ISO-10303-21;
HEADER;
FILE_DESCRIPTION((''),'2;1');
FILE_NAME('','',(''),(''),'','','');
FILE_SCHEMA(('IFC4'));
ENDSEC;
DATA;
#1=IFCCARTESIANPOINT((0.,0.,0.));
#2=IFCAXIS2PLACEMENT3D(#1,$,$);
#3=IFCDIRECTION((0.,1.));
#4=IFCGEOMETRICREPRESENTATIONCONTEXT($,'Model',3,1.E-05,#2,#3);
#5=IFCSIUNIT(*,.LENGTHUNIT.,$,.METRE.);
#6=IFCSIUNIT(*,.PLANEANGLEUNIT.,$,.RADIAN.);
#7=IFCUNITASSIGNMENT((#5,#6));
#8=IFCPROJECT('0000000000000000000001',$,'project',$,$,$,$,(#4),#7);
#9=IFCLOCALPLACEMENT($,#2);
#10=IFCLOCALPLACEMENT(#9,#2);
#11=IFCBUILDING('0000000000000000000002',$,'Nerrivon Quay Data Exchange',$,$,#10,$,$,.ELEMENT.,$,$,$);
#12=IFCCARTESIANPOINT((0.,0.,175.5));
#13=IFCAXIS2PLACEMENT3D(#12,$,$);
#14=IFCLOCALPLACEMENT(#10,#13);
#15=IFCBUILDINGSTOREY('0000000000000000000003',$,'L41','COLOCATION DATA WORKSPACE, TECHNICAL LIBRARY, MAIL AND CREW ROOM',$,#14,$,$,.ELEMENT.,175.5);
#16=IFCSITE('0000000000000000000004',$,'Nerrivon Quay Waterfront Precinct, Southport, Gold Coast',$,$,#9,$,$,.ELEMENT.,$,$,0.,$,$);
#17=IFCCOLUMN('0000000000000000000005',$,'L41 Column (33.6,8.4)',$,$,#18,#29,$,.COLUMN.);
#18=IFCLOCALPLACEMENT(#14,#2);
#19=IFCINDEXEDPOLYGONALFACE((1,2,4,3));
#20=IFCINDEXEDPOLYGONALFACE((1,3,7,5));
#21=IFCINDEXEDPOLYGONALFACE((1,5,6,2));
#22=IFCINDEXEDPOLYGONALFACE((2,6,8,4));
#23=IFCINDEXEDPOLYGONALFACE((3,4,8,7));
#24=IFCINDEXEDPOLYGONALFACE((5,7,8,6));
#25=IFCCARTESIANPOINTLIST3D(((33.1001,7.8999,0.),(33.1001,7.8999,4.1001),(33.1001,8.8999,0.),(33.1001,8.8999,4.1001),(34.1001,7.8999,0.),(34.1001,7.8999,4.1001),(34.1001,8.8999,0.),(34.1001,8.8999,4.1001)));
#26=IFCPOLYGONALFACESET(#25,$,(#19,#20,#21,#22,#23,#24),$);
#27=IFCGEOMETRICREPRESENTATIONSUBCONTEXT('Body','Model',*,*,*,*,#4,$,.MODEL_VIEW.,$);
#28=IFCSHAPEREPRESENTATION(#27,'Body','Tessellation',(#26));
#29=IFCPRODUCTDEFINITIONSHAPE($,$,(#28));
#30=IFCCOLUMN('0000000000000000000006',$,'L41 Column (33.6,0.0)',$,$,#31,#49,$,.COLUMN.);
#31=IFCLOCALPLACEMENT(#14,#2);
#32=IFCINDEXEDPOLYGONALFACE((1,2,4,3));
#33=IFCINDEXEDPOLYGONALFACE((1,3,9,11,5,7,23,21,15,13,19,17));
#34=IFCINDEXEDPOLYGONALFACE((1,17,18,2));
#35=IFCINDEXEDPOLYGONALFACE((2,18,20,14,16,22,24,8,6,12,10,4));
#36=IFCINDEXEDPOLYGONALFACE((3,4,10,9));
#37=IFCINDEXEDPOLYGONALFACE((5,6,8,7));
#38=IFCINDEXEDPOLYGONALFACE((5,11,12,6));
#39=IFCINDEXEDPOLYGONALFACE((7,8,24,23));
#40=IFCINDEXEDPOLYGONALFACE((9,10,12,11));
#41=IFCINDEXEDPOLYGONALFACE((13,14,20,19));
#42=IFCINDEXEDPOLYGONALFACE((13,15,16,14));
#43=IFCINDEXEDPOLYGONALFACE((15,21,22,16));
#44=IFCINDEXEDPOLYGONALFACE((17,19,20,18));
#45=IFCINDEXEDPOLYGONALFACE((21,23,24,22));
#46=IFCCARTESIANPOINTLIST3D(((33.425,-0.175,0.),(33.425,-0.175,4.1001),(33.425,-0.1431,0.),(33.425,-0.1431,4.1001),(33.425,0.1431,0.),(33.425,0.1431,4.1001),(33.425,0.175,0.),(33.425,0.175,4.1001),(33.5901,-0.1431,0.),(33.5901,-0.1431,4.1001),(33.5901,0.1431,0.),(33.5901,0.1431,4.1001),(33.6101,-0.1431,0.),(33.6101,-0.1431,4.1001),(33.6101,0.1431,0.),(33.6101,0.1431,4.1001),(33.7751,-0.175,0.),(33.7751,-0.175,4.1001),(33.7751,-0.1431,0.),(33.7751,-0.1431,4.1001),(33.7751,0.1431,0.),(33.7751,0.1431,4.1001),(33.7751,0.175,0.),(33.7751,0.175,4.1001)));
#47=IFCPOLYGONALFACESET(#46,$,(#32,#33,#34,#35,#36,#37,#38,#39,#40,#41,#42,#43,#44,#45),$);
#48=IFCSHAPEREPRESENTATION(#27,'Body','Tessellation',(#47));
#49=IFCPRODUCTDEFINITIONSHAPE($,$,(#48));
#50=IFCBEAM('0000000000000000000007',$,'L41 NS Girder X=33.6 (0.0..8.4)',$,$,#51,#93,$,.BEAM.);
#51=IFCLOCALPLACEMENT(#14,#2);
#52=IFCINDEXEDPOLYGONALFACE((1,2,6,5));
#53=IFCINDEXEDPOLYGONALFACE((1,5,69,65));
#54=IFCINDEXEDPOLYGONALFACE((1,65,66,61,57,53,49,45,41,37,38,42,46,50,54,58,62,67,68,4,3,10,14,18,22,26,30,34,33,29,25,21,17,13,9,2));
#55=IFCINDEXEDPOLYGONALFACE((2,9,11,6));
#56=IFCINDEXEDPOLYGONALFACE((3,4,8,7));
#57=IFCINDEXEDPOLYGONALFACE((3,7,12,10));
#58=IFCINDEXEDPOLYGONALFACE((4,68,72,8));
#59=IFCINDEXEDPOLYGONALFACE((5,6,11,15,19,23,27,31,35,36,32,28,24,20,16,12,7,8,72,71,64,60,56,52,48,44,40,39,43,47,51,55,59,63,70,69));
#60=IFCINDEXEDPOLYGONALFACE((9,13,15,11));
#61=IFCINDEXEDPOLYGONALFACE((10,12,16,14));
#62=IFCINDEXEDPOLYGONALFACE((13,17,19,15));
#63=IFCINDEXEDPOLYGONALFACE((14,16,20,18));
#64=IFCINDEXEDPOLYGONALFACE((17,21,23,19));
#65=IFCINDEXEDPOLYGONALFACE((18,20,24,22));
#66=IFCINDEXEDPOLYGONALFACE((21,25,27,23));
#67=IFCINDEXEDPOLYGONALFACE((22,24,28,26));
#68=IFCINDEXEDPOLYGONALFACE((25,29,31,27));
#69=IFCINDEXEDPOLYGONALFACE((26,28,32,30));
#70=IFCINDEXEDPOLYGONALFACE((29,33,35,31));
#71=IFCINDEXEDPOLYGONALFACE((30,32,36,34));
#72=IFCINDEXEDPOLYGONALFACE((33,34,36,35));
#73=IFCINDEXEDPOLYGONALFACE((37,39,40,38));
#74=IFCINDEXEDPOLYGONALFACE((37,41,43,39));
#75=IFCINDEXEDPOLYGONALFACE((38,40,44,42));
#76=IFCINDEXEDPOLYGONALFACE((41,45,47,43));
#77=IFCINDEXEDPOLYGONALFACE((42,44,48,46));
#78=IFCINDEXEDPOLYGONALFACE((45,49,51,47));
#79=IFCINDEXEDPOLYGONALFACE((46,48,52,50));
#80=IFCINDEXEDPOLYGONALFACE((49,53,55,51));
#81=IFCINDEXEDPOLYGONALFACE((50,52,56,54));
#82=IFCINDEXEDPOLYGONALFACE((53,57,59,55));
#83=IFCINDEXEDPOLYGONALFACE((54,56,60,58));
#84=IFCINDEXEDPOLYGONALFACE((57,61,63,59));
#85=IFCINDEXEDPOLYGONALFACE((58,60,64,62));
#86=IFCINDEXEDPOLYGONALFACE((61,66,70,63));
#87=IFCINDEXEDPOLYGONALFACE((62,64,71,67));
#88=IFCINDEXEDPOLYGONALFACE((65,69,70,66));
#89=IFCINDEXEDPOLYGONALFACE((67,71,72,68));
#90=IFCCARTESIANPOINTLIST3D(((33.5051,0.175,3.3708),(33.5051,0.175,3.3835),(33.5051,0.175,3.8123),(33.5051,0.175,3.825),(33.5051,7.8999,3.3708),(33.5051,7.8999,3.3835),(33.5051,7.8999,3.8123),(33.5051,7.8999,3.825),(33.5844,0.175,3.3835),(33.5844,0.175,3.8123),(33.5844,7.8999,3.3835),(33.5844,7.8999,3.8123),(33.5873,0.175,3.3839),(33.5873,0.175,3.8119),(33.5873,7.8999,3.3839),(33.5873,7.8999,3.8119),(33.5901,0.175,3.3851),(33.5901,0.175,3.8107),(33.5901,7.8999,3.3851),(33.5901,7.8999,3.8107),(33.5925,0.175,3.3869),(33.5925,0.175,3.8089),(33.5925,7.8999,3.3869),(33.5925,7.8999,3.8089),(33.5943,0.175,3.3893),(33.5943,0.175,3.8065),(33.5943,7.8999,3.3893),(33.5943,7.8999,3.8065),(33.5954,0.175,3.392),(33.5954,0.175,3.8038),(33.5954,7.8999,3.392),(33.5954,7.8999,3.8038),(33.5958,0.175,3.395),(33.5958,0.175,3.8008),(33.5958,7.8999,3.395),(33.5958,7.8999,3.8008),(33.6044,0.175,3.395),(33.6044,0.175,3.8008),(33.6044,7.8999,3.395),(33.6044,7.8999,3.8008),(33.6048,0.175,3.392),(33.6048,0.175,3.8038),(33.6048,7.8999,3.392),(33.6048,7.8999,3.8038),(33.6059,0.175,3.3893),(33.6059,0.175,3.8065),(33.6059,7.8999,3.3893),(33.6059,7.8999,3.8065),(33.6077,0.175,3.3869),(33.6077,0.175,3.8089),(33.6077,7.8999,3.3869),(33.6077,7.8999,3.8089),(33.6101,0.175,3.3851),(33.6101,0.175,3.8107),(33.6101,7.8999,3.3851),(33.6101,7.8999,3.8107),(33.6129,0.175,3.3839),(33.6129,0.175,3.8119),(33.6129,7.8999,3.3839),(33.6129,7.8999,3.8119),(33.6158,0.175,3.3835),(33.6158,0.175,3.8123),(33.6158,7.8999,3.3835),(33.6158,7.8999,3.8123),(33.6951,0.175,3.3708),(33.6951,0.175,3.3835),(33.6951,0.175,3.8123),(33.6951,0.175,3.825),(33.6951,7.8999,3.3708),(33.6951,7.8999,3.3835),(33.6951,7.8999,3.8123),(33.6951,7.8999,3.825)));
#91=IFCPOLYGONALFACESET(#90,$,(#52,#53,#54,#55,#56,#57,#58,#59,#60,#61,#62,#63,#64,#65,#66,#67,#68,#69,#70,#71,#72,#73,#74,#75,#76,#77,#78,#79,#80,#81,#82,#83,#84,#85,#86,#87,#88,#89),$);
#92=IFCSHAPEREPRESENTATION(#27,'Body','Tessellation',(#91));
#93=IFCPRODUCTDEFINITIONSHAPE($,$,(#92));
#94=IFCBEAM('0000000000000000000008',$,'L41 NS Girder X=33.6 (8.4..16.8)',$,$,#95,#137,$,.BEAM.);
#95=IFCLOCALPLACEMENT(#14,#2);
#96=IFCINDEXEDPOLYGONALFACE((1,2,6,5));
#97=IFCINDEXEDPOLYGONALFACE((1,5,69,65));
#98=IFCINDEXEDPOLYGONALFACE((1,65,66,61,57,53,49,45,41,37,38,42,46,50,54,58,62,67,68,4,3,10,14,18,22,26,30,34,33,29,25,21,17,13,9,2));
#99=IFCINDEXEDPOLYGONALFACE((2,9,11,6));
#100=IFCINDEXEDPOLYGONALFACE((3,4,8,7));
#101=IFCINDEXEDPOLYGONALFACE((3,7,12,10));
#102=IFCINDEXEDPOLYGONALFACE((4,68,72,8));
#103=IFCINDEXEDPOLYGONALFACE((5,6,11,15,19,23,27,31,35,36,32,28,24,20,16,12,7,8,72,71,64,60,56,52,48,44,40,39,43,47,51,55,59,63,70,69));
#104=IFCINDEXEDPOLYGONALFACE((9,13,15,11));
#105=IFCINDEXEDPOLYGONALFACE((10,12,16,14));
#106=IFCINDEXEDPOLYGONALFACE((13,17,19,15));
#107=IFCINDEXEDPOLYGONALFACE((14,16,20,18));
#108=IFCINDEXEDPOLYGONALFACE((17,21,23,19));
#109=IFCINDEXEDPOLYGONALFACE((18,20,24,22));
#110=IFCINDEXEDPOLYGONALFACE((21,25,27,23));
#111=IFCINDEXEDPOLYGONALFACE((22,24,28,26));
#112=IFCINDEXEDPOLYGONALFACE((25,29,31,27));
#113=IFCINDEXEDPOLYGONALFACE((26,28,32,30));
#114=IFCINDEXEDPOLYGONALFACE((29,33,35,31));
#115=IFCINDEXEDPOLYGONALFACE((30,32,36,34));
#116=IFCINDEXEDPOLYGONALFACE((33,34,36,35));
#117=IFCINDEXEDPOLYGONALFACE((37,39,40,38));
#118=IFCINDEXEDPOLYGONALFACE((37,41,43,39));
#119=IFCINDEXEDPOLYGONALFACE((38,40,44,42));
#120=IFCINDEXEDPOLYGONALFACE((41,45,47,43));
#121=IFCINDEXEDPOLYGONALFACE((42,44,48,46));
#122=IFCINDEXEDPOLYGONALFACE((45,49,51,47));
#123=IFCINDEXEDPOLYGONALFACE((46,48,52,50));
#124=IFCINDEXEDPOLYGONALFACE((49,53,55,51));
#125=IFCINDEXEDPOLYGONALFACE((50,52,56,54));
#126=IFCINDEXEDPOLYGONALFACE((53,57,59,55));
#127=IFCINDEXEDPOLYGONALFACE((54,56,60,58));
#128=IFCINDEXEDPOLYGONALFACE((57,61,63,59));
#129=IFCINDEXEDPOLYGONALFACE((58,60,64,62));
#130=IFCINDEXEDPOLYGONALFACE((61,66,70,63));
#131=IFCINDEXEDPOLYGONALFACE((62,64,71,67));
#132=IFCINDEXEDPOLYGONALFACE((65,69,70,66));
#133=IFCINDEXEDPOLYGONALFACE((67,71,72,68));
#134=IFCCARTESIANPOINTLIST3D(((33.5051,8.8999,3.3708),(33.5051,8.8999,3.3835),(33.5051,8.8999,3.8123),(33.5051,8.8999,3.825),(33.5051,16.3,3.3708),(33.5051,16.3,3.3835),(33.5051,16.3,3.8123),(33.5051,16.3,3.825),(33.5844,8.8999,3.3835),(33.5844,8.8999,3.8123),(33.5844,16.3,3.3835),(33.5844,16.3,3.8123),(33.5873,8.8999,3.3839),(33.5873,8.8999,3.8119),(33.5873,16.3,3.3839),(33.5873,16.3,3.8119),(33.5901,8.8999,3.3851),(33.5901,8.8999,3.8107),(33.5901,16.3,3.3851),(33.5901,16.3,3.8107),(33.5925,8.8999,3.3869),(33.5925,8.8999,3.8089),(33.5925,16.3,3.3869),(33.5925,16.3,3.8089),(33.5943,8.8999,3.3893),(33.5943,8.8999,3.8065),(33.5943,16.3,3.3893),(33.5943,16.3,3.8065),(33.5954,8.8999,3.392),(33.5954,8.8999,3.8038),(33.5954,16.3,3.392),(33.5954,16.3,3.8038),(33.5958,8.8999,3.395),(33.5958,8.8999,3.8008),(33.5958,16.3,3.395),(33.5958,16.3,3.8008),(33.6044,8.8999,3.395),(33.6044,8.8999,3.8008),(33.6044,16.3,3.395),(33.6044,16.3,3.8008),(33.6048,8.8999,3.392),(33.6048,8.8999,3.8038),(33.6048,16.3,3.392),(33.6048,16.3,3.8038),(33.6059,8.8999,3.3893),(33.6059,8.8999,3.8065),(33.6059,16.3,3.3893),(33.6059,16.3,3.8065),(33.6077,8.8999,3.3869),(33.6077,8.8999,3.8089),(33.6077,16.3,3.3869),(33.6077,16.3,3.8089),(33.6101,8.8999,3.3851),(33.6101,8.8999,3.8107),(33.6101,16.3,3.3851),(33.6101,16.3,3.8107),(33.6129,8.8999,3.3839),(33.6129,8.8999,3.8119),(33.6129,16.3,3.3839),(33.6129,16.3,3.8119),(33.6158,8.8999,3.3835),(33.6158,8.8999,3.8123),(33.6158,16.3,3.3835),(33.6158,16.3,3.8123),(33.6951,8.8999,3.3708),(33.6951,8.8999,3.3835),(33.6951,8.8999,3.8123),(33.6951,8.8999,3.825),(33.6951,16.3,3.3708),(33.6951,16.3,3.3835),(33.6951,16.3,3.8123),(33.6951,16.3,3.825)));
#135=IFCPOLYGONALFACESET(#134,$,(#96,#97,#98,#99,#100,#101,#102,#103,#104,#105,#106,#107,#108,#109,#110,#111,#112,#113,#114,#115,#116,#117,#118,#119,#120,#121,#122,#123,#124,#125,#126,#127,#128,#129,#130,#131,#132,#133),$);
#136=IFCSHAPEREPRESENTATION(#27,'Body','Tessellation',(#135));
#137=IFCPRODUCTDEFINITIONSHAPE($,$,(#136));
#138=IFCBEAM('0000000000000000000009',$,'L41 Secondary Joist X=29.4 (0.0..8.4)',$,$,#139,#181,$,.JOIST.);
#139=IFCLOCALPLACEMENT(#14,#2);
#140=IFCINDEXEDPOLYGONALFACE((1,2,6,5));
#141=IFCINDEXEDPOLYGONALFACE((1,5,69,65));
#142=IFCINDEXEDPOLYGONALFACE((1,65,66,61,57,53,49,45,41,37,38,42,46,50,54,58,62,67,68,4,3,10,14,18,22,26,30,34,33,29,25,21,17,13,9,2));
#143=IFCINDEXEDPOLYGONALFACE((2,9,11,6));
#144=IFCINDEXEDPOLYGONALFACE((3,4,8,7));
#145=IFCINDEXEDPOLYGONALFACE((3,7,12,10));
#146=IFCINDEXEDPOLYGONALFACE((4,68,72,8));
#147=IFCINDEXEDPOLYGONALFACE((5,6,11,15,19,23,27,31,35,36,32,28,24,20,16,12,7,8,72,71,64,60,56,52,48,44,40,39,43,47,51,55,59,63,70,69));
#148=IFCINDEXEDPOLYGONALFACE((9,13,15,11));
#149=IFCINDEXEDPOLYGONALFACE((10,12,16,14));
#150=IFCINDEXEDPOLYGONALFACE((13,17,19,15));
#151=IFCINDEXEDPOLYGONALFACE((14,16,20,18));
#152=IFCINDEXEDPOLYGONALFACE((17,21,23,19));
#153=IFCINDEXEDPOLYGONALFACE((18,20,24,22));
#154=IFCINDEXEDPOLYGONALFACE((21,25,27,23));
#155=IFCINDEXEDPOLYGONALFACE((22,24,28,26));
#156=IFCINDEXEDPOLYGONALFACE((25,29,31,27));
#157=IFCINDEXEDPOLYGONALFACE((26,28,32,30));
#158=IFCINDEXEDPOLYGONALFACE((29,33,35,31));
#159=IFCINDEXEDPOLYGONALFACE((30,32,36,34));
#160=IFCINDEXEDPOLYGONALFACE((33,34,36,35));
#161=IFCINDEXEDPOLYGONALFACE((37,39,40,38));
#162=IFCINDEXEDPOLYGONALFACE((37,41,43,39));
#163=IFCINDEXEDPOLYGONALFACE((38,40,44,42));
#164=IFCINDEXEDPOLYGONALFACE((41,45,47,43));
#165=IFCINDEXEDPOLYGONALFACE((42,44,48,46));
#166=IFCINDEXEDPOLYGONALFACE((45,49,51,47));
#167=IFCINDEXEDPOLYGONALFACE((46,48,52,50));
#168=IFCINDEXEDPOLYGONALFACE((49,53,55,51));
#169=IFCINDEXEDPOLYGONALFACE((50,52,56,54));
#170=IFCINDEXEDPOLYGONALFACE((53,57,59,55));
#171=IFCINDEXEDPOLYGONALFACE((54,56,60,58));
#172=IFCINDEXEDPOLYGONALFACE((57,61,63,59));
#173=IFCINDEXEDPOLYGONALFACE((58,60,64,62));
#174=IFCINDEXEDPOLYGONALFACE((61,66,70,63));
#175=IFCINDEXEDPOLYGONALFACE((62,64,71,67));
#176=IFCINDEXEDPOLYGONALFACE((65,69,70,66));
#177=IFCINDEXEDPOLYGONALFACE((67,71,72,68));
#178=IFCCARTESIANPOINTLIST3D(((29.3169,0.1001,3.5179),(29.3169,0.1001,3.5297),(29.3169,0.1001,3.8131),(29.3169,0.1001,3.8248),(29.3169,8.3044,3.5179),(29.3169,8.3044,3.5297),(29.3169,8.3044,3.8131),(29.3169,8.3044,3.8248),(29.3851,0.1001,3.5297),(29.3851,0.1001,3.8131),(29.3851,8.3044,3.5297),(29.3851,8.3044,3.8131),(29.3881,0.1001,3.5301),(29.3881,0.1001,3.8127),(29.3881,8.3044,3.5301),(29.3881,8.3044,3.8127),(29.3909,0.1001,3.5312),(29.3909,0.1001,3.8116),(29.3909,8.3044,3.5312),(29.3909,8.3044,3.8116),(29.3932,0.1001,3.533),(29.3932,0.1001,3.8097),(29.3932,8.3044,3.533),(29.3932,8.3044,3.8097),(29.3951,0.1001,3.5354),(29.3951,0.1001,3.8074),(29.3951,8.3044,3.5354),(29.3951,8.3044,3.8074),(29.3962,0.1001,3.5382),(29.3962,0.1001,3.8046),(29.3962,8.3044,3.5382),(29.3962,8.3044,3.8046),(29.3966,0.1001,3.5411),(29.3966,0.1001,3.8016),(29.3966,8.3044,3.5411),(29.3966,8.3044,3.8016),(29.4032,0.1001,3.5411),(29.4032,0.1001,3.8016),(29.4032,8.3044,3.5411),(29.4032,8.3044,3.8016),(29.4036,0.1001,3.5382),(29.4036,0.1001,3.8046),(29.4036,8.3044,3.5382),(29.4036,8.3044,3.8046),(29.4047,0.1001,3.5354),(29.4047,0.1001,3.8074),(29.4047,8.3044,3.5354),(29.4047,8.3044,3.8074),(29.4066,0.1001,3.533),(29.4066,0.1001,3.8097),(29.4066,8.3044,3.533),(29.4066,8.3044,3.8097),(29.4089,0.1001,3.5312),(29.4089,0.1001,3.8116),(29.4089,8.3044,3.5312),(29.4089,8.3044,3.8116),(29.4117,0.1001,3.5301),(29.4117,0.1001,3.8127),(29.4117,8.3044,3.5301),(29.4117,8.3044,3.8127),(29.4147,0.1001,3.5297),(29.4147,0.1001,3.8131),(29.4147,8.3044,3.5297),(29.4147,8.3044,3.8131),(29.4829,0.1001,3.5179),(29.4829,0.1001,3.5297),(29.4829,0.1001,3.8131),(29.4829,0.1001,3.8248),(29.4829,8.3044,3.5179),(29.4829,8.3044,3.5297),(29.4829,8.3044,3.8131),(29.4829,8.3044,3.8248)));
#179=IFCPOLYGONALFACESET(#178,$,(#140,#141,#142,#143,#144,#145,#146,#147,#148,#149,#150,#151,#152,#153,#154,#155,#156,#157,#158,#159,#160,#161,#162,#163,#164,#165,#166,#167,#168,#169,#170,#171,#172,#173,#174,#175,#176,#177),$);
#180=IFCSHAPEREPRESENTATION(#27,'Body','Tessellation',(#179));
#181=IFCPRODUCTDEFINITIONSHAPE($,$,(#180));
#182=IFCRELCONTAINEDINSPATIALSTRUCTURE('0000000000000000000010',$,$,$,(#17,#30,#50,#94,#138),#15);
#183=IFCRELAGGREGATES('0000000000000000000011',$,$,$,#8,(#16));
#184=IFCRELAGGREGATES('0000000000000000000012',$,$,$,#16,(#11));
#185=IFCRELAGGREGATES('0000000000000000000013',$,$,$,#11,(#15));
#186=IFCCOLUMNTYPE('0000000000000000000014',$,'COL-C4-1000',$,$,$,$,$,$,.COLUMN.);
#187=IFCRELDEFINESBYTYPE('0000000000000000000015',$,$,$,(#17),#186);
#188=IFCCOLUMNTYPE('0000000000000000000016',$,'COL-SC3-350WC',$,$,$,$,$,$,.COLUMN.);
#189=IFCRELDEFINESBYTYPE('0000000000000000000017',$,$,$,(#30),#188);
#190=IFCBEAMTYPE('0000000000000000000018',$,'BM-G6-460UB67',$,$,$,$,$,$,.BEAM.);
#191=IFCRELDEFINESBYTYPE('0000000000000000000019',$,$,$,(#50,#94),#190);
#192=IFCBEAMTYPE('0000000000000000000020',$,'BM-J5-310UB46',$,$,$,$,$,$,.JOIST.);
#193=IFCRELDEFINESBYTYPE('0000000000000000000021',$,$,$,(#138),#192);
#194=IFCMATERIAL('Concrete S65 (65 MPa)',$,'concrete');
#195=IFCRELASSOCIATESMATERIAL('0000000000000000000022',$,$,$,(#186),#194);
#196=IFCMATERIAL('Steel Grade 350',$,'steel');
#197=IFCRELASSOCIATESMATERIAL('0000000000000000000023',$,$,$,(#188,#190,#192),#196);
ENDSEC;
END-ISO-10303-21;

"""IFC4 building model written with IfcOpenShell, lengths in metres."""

from ifc_helpers import new_model, si_unit, direction, frame, origin, origin_2d, place, context, subcontext, project, spatial, rectangle, i_section, extrude, material, material_profile, profile_set, type_object, element, save


model = new_model("IFC4")

# Units and contexts
model_context = context("Model", 3, precision=1e-05, world=origin(), true_north=direction((0.0, 1.0)))
body_context = subcontext(model_context, "Body", "Model", "MODEL_VIEW")
ifc_project = project(units=[si_unit("LENGTHUNIT", "METRE"), si_unit("PLANEANGLEUNIT", "RADIAN")], contexts=[model_context])

# Site, building, storey
site_placement = place(None, origin())
site = spatial("IfcSite", under=ifc_project, at=site_placement, Name="Nerrivon Quay Waterfront Precinct, Southport, Gold Coast", CompositionType="ELEMENT", RefElevation=0.0)
building_placement = place(site_placement, origin())
building = spatial("IfcBuilding", under=site, at=building_placement, Name="Nerrivon Quay Data Exchange", CompositionType="ELEMENT")
storey_placement = place(building_placement, frame((0.0, 0.0, 175.5)))
storey = spatial("IfcBuildingStorey", under=building, at=storey_placement, Name="L41", Description="COLOCATION DATA WORKSPACE, TECHNICAL LIBRARY, MAIL AND CREW ROOM", CompositionType="ELEMENT", Elevation=175.5)

# Columns
ifc_material_1 = material(Name="Concrete S65 (65 MPa)", Category="concrete")
ifc_material_profile_1 = material_profile(ifc_material_1, rectangle(XDim=1.0, YDim=1.0, at=origin_2d()), Name="RC-COL-1000x1000")
ifc_profile_set_1 = profile_set([ifc_material_profile_1], Name="Concrete S65 (65 MPa)")
column_type_1 = type_object("IfcColumnType", Name="COL-C4-1000", PredefinedType="COLUMN", material=ifc_profile_set_1)
column_1_placement = place(storey_placement, frame((33.6001, 8.3999, 0.0), z_axis=(0.0, 0.0, 1.0), x_axis=(1.0, 0.0, 0.0)))
element("IfcColumn", 1, at=column_1_placement, inside=storey, type_object=column_type_1, Name="L41 Column (33.6,8.4)", PredefinedType="COLUMN", context=body_context, shape_type="SweptSolid", body=[
    extrude(rectangle(XDim=1.0, YDim=1.0, at=origin_2d()), origin(), (0.0, 0.0, 1.0), 4.1001),
])
ifc_material_2 = material(Name="Steel Grade 350", Category="steel")
ifc_material_profile_2 = material_profile(ifc_material_2, i_section(OverallWidth=0.3501, OverallDepth=0.3501, WebThickness=0.02, FlangeThickness=0.032, at=origin_2d()), Name="350WC230")
ifc_profile_set_2 = profile_set([ifc_material_profile_2], Name="Steel Grade 350")
column_type_2 = type_object("IfcColumnType", Name="COL-SC3-350WC", PredefinedType="COLUMN", material=ifc_profile_set_2)
column_2_placement = place(storey_placement, frame((33.6001, 0.0, 0.0), z_axis=(0.0, 0.0, 1.0), x_axis=(1.0, 0.0, 0.0)))
element("IfcColumn", 2, at=column_2_placement, inside=storey, type_object=column_type_2, Name="L41 Column (33.6,0.0)", PredefinedType="COLUMN", context=body_context, shape_type="SweptSolid", body=[
    extrude(i_section(OverallWidth=0.3501, OverallDepth=0.3501, WebThickness=0.02, FlangeThickness=0.032, at=origin_2d()), origin(), (0.0, 0.0, 1.0), 4.1001),
])

# Beams
ifc_material_profile_3 = material_profile(ifc_material_2, i_section(OverallWidth=0.1899, OverallDepth=0.4541, WebThickness=0.0085, FlangeThickness=0.0127, FilletRadius=0.0115, at=origin_2d()), Name="460UB67.1")
ifc_profile_set_3 = profile_set([ifc_material_profile_3], Name="Steel Grade 350")
beam_type_1 = type_object("IfcBeamType", Name="BM-G6-460UB67", PredefinedType="BEAM", material=ifc_profile_set_3)
beam_1_placement = place(storey_placement, frame((33.6001, 0.175, 3.5979), z_axis=(0.0, 1.0, 0.0), x_axis=(-1.0, 0.0, 0.0)))
element("IfcBeam", 3, at=beam_1_placement, inside=storey, type_object=beam_type_1, Name="L41 NS Girder X=33.6 (0.0..8.4)", PredefinedType="BEAM", context=body_context, shape_type="SweptSolid", body=[
    extrude(i_section(OverallWidth=0.1899, OverallDepth=0.4541, WebThickness=0.0085, FlangeThickness=0.0127, FilletRadius=0.0115, at=origin_2d()), origin(), (0.0, 0.0, 1.0), 7.7249),
])
beam_2_placement = place(storey_placement, frame((33.6001, 8.8999, 3.5979), z_axis=(0.0, 1.0, 0.0), x_axis=(-1.0, 0.0, 0.0)))
element("IfcBeam", 4, at=beam_2_placement, inside=storey, type_object=beam_type_1, Name="L41 NS Girder X=33.6 (8.4..16.8)", PredefinedType="BEAM", context=body_context, shape_type="SweptSolid", body=[
    extrude(i_section(OverallWidth=0.1899, OverallDepth=0.4541, WebThickness=0.0085, FlangeThickness=0.0127, FilletRadius=0.0115, at=origin_2d()), origin(), (0.0, 0.0, 1.0), 7.4001),
])
ifc_material_profile_4 = material_profile(ifc_material_2, i_section(OverallWidth=0.166, OverallDepth=0.3069, WebThickness=0.0066, FlangeThickness=0.0117, FilletRadius=0.0115, at=origin_2d()), Name="310UB46.2")
ifc_profile_set_4 = profile_set([ifc_material_profile_4], Name="Steel Grade 350")
beam_type_2 = type_object("IfcBeamType", Name="BM-J5-310UB46", PredefinedType="JOIST", material=ifc_profile_set_4)
beam_3_placement = place(storey_placement, frame((29.3999, 0.1001, 3.6714), z_axis=(0.0, 1.0, 0.0), x_axis=(-1.0, 0.0, 0.0)))
element("IfcBeam", 5, at=beam_3_placement, inside=storey, type_object=beam_type_2, Name="L41 Secondary Joist X=29.4 (0.0..8.4)", PredefinedType="JOIST", context=body_context, shape_type="SweptSolid", body=[
    extrude(i_section(OverallWidth=0.166, OverallDepth=0.3069, WebThickness=0.0066, FlangeThickness=0.0117, FilletRadius=0.0115, at=origin_2d()), origin(), (0.0, 0.0, 1.0), 8.2043),
])

save(model, "model.ifc")
